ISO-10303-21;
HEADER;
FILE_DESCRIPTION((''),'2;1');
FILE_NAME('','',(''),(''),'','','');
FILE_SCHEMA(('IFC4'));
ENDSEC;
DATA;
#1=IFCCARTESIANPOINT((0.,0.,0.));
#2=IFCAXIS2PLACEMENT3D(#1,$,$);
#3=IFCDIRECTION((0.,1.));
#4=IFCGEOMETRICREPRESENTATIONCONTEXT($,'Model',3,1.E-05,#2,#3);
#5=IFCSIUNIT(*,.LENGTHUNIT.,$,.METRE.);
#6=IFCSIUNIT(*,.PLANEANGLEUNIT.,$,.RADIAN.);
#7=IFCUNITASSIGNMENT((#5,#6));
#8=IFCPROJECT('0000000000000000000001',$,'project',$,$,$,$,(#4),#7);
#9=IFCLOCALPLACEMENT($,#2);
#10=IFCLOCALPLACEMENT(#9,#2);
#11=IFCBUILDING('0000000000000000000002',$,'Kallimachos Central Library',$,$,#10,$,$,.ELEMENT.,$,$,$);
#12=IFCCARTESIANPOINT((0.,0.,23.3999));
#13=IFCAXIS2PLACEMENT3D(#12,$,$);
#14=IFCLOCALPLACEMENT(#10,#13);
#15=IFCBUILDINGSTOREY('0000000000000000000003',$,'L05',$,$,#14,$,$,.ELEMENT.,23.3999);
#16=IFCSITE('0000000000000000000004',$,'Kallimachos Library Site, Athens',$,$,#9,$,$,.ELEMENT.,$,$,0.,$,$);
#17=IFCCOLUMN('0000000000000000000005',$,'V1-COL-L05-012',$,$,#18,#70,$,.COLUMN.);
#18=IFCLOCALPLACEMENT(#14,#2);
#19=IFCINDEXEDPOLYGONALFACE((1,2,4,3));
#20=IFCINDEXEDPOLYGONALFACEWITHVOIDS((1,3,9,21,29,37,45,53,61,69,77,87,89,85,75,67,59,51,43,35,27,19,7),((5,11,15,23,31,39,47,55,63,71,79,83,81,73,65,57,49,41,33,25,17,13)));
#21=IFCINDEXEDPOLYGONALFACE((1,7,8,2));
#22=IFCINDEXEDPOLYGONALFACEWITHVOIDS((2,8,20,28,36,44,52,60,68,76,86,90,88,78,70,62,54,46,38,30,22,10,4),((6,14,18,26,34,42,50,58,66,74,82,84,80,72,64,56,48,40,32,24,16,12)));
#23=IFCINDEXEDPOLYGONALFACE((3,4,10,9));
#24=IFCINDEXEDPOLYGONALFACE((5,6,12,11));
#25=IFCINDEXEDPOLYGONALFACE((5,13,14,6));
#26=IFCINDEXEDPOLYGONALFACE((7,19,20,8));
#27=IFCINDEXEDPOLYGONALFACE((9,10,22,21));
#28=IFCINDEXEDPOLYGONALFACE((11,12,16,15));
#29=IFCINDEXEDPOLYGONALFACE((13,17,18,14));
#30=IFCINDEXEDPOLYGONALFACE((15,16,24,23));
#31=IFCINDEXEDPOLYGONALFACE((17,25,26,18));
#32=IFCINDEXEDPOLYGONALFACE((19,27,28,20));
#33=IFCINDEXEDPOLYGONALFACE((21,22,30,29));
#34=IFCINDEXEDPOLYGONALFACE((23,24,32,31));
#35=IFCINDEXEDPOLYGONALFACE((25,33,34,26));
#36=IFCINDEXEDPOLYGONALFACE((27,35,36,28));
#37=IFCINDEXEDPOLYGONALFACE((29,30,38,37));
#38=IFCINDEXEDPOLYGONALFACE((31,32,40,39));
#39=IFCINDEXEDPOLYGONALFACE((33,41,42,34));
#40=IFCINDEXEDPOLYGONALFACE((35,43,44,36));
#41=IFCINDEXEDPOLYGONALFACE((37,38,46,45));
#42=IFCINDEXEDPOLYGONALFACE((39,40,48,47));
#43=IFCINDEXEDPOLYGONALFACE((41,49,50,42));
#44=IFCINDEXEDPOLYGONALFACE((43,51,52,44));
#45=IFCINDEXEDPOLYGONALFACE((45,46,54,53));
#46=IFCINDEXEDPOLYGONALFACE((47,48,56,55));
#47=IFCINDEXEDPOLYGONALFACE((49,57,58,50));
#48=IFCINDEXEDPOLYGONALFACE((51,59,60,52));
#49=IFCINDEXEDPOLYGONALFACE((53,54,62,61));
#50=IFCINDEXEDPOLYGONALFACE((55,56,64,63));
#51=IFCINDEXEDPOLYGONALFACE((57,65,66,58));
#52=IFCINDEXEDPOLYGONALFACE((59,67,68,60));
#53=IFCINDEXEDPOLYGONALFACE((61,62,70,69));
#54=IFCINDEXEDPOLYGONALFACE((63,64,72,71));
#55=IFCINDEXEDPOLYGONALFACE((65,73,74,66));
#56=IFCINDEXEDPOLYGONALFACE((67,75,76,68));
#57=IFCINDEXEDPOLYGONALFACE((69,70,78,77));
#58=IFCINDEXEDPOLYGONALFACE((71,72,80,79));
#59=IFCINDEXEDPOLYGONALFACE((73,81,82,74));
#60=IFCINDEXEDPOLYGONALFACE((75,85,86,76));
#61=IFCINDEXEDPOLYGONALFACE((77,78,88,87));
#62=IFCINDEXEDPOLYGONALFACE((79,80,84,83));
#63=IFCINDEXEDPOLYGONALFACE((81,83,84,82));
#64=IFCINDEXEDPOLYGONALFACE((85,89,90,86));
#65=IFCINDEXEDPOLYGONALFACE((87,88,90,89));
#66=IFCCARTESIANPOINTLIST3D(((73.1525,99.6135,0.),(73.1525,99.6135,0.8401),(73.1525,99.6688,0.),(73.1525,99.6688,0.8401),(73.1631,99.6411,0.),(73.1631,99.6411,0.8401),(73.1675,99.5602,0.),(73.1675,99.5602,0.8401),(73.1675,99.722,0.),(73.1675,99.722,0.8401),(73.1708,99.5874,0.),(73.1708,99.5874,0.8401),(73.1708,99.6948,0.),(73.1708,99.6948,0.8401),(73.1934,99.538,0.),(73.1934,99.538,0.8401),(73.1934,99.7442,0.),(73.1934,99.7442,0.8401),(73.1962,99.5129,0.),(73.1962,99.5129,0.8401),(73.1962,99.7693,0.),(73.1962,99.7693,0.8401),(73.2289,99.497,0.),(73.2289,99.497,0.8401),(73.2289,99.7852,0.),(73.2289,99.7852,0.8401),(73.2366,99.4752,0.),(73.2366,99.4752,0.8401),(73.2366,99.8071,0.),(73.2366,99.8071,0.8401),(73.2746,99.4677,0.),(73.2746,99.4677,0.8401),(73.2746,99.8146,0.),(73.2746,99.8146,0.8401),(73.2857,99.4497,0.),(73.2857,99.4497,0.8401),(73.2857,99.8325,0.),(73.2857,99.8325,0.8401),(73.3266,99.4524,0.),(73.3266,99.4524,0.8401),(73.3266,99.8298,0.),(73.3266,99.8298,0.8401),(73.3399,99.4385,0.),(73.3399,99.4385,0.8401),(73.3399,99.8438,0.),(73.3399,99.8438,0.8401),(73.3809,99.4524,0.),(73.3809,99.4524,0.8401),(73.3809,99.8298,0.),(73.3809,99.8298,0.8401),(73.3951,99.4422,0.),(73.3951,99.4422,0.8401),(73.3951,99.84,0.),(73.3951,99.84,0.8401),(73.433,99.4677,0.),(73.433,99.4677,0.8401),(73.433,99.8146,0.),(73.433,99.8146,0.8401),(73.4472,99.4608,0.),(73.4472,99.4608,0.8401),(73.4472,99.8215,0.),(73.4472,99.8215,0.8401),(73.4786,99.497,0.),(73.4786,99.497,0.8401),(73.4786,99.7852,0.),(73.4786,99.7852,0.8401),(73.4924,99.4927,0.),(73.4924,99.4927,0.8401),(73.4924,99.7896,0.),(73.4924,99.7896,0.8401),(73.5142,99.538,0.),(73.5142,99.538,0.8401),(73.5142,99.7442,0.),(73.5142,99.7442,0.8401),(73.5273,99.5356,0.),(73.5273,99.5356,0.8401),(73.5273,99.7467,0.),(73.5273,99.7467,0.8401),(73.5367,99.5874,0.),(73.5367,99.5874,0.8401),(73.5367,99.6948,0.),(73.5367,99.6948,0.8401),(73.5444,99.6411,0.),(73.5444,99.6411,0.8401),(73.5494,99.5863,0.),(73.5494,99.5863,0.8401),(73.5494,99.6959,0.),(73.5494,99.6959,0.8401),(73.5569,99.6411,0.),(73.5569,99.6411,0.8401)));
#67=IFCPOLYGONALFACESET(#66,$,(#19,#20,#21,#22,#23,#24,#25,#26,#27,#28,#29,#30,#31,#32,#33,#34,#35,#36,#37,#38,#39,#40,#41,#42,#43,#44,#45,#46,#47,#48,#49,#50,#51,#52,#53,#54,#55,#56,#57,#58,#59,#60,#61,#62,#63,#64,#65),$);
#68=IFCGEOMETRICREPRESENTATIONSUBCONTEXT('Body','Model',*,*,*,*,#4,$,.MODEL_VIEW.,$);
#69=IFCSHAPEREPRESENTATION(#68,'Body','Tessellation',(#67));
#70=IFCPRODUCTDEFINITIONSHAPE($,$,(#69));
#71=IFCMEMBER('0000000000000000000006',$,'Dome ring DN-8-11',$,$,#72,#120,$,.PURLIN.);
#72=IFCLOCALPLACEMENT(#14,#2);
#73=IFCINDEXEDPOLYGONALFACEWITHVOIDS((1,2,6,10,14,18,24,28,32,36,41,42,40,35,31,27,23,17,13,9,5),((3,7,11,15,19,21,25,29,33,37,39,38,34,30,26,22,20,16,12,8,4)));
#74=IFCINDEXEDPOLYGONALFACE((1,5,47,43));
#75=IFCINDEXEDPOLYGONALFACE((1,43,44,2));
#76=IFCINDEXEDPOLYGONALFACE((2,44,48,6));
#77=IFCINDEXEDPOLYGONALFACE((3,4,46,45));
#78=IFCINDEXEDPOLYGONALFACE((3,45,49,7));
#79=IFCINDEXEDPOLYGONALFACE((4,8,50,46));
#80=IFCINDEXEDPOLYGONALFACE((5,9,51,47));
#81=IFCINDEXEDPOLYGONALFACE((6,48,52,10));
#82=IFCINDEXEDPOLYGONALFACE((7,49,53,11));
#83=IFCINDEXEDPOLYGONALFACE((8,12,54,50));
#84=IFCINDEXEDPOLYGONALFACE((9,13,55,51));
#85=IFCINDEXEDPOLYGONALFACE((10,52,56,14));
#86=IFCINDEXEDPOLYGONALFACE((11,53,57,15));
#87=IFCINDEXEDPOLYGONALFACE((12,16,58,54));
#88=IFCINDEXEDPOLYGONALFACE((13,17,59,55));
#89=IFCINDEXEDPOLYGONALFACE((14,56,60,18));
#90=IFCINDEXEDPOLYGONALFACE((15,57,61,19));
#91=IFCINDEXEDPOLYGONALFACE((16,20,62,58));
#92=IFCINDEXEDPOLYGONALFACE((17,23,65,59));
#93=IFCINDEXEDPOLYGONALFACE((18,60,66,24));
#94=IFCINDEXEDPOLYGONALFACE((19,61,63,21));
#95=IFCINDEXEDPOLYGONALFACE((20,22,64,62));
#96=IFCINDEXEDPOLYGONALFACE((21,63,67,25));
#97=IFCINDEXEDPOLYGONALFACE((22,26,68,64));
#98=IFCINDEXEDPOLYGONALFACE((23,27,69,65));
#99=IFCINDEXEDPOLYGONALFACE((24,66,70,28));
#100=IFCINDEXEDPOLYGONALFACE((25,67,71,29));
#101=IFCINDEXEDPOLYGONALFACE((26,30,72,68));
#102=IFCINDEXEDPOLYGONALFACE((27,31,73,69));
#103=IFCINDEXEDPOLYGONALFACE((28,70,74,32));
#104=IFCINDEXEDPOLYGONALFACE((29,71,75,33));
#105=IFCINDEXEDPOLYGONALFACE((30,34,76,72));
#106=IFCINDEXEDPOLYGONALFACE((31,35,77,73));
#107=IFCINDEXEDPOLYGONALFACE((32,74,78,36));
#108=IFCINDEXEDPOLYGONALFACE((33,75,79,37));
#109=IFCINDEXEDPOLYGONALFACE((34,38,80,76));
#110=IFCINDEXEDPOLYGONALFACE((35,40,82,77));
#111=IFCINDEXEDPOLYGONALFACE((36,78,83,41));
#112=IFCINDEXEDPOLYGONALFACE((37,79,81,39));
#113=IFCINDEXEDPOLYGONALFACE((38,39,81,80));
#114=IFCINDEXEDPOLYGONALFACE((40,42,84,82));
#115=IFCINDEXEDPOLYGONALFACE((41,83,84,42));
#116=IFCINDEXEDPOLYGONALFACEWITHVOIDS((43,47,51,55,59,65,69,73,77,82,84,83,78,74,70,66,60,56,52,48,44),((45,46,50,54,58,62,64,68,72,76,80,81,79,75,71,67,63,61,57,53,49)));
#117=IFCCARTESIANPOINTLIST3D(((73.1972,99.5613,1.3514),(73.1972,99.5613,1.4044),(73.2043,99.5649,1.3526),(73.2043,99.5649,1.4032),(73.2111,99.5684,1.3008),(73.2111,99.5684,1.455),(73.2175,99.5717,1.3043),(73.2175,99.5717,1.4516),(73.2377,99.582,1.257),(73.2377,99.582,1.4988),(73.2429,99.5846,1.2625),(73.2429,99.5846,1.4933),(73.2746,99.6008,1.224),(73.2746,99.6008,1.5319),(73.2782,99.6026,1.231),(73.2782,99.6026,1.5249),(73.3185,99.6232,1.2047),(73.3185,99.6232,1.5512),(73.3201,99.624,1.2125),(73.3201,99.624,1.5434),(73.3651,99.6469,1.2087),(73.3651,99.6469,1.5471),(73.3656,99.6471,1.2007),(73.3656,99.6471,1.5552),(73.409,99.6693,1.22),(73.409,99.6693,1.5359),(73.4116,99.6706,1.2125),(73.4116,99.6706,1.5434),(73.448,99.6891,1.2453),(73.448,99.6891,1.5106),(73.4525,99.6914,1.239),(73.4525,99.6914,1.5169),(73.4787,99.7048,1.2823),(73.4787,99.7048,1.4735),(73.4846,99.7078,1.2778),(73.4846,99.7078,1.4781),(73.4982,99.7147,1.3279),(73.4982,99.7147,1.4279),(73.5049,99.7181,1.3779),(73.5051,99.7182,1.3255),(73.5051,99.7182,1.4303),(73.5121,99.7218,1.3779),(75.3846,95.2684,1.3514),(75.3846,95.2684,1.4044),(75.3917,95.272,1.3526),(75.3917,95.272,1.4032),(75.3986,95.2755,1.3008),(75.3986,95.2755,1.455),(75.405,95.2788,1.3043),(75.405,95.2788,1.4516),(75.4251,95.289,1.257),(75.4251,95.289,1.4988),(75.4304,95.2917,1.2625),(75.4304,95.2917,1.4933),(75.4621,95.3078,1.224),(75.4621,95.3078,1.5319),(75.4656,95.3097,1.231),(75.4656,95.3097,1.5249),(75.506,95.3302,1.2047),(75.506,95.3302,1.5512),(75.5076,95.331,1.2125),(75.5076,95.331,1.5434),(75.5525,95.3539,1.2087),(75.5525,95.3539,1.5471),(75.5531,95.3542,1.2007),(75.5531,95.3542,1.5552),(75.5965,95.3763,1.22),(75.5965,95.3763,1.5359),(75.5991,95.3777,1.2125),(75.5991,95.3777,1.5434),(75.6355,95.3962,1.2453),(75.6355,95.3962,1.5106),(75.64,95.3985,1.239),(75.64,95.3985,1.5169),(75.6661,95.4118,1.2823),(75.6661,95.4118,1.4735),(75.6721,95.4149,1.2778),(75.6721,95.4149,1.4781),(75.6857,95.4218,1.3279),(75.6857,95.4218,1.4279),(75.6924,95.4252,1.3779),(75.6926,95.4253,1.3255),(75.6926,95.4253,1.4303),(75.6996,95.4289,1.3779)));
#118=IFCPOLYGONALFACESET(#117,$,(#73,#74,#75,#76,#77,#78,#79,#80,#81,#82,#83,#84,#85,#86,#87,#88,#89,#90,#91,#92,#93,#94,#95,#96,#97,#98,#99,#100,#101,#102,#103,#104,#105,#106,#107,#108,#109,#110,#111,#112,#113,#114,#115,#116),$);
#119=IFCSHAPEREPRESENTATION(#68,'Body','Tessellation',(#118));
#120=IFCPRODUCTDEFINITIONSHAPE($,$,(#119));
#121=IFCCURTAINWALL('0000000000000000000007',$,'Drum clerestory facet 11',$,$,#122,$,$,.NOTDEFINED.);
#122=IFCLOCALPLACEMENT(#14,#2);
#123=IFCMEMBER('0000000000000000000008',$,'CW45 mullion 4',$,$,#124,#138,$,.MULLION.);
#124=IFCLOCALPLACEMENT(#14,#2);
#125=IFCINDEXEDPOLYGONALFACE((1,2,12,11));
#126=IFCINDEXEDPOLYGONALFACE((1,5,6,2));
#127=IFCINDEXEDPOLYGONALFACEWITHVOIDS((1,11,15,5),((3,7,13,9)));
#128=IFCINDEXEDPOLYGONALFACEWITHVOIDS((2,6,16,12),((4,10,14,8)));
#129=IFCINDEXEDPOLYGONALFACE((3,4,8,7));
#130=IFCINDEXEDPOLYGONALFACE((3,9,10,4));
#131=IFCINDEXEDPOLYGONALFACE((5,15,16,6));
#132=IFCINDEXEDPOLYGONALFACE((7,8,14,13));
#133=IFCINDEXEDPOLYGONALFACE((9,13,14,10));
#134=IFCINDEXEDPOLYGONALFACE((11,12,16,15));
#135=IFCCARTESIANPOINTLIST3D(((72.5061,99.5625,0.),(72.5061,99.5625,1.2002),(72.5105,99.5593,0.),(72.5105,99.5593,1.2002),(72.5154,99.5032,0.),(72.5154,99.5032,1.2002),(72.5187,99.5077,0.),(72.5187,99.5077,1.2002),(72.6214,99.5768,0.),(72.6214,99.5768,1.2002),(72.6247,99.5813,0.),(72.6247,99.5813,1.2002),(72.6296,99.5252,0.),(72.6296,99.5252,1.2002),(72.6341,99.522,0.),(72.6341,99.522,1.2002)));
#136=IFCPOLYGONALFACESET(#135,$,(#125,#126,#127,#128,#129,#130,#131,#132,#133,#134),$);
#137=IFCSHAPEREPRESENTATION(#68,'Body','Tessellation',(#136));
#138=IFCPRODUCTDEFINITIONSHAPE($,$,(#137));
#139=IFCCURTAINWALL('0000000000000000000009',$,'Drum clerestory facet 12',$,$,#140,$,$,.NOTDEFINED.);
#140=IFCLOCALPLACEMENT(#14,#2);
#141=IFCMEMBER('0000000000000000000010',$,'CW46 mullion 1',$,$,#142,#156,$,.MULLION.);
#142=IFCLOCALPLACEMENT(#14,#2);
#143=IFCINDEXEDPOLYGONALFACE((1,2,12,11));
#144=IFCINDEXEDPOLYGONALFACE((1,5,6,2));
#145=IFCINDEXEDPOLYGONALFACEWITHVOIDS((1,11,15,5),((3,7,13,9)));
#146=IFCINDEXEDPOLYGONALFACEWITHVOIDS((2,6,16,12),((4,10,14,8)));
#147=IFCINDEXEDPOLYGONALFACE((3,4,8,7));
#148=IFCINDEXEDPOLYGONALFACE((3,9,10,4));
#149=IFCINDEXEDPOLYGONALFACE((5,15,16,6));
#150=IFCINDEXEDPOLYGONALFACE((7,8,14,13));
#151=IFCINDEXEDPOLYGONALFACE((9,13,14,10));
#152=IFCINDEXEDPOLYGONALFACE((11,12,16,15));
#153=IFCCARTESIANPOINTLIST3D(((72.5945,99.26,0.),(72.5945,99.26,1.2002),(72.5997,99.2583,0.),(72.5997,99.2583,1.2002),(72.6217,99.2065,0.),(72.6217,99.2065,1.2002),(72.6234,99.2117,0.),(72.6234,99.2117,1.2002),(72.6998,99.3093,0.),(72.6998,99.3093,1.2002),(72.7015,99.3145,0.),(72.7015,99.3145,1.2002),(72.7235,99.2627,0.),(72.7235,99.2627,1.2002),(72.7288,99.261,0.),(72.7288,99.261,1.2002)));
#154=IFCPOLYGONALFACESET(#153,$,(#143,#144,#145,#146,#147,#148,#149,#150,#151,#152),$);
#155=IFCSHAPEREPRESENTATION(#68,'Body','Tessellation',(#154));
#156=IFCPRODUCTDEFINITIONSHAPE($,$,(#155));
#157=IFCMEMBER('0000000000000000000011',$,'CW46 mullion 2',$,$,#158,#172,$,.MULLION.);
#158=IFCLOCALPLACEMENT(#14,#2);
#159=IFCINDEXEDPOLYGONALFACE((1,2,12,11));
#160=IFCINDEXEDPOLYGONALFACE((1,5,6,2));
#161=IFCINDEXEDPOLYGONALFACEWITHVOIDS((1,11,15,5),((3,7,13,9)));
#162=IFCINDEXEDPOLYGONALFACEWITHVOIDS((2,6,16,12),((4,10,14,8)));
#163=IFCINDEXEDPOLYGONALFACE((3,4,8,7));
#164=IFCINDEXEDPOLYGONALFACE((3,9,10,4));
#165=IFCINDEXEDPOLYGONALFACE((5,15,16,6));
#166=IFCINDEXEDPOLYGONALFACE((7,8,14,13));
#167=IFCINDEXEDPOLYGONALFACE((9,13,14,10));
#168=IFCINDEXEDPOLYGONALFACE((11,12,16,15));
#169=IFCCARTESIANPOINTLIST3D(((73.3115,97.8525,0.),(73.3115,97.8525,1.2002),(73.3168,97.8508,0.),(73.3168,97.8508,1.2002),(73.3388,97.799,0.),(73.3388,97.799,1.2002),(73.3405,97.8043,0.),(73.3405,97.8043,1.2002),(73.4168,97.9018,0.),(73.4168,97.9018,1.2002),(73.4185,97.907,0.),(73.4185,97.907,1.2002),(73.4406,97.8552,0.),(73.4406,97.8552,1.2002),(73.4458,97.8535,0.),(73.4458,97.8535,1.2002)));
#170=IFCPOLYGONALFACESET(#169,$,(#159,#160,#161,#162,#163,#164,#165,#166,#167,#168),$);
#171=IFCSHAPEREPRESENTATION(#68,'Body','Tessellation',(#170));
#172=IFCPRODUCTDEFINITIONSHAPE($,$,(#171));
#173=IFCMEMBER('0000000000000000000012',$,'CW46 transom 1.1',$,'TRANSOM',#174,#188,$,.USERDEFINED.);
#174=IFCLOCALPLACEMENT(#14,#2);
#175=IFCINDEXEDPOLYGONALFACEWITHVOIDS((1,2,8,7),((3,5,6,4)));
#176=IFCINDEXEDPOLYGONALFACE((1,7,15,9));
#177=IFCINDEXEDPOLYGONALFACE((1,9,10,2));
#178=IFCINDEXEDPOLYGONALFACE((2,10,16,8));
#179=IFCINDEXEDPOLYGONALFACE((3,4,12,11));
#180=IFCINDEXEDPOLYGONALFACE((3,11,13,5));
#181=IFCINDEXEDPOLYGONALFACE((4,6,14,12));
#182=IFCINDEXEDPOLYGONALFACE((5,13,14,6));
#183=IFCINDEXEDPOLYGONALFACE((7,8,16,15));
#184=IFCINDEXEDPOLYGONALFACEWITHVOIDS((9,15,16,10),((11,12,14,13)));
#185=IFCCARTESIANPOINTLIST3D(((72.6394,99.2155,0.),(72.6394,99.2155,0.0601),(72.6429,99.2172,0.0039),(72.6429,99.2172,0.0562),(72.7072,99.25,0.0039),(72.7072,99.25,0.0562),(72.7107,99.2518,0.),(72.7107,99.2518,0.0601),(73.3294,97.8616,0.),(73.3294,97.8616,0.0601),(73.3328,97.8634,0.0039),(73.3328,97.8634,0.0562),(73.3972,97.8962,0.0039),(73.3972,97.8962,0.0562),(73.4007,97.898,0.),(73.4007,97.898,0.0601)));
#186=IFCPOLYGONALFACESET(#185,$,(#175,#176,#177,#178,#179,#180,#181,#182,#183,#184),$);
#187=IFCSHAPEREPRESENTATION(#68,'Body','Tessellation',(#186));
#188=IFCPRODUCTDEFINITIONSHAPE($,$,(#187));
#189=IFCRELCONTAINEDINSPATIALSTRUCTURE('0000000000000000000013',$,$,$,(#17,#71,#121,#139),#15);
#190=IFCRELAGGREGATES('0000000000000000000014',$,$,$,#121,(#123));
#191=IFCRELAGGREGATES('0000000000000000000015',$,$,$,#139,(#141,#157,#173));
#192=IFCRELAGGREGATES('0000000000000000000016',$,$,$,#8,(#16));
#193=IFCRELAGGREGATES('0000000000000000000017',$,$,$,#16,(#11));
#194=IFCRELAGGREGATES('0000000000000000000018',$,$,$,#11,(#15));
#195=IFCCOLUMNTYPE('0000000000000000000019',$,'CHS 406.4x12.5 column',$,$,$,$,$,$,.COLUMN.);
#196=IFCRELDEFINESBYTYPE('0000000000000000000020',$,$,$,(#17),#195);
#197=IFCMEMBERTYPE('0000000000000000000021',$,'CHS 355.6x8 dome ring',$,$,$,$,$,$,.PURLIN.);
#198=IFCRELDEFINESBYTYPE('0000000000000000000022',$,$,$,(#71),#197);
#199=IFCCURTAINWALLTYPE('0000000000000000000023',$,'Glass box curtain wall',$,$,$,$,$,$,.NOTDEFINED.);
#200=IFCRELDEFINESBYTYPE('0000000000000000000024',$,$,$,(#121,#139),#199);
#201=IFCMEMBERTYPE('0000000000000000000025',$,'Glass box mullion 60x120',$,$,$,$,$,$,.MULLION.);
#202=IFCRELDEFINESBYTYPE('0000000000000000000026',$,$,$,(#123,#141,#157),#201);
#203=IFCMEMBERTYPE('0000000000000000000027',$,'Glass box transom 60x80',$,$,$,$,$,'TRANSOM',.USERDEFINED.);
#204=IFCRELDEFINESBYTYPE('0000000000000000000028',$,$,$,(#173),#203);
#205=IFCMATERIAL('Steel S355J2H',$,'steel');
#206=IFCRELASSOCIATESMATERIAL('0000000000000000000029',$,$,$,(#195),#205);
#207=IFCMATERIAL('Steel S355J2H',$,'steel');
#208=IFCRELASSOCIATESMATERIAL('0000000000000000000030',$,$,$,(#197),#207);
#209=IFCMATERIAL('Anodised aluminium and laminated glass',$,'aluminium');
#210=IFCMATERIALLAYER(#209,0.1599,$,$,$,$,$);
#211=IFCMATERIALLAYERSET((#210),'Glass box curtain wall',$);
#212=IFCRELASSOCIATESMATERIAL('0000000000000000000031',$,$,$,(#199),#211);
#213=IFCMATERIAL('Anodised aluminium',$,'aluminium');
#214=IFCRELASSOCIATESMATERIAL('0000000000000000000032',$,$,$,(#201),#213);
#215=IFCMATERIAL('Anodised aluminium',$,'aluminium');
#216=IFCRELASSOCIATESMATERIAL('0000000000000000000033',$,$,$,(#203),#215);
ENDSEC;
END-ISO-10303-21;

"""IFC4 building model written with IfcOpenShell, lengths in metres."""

from ifc_helpers import new_model, si_unit, direction, frame, origin, origin_2d, place, context, subcontext, project, spatial, hollow_rectangle, hollow_circle, extrude, material, layer, layer_set, material_profile, profile_set, type_object, element, aggregate, save


model = new_model("IFC4")

# Units and contexts
model_context = context("Model", 3, precision=1e-05, world=origin(), true_north=direction((0.0, 1.0)))
body_context = subcontext(model_context, "Body", "Model", "MODEL_VIEW")
ifc_project = project(units=[si_unit("LENGTHUNIT", "METRE"), si_unit("PLANEANGLEUNIT", "RADIAN")], contexts=[model_context])

# Site, building, storey
site_placement = place(None, origin())
site = spatial("IfcSite", under=ifc_project, at=site_placement, Name="Kallimachos Library Site, Athens", CompositionType="ELEMENT", RefElevation=0.0)
building_placement = place(site_placement, origin())
building = spatial("IfcBuilding", under=site, at=building_placement, Name="Kallimachos Central Library", CompositionType="ELEMENT")
storey_placement = place(building_placement, frame((0.0, 0.0, 23.3999)))
storey = spatial("IfcBuildingStorey", under=building, at=storey_placement, Name="L05", CompositionType="ELEMENT", Elevation=23.3999)

# Column
ifc_material_1 = material(Name="Steel S355J2H", Category="steel")
ifc_material_profile_1 = material_profile(ifc_material_1, hollow_circle(Radius=0.2031, WallThickness=0.0125, at=origin_2d()), Name="CHS 406.4x12.5")
ifc_profile_set_1 = profile_set([ifc_material_profile_1], Name="Steel S355J2H")
column_type = type_object("IfcColumnType", Name="CHS 406.4x12.5 column", PredefinedType="COLUMN", material=ifc_profile_set_1)
column_placement = place(storey_placement, frame((73.3538, 99.6411, 0.0), z_axis=(0.0, 0.0, 1.0), x_axis=(1.0, 0.0, 0.0)))
element("IfcColumn", 1, at=column_placement, inside=storey, type_object=column_type, Name="V1-COL-L05-012", PredefinedType="COLUMN", context=body_context, shape_type="SweptSolid", body=[
    extrude(hollow_circle(Radius=0.2031, WallThickness=0.0125, at=origin_2d()), origin(), (0.0, 0.0, 1.0), 0.8401),
])

# Member
ifc_material_2 = material(Name="Steel S355J2H", Category="steel")
ifc_material_profile_2 = material_profile(ifc_material_2, hollow_circle(Radius=0.1777, WallThickness=0.0081, at=origin_2d()), Name="CHS 355.6x8")
ifc_profile_set_2 = profile_set([ifc_material_profile_2], Name="Steel S355J2H")
member_type_1 = type_object("IfcMemberType", Name="CHS 355.6x8 dome ring", PredefinedType="PURLIN", material=ifc_profile_set_2)
member_1_placement = place(storey_placement, frame((73.3538, 99.6411, 1.3779), z_axis=(0.454011, -0.890996, 0.0), x_axis=(0.890996, 0.454011, 0.0)))
element("IfcMember", 2, at=member_1_placement, inside=storey, type_object=member_type_1, Name="Dome ring DN-8-11", PredefinedType="PURLIN", context=body_context, shape_type="SweptSolid", body=[
    extrude(hollow_circle(Radius=0.1777, WallThickness=0.0081, at=origin_2d()), origin(), (0.0, 0.0, 1.0), 4.8181),
])

# Curtain wall, member
ifc_material_3 = material(Name="Anodised aluminium and laminated glass", Category="aluminium")
ifc_layer_1 = layer(ifc_material_3, 0.1599)
ifc_layer_set_1 = layer_set([ifc_layer_1], Name="Glass box curtain wall")
curtain_wall_type = type_object("IfcCurtainWallType", Name="Glass box curtain wall", PredefinedType="NOTDEFINED", material=ifc_layer_set_1)
curtain_wall_1_placement = place(storey_placement, origin())
curtain_wall_1 = element("IfcCurtainWall", 3, at=curtain_wall_1_placement, inside=storey, type_object=curtain_wall_type, Name="Drum clerestory facet 11", PredefinedType="NOTDEFINED")
ifc_material_4 = material(Name="Anodised aluminium", Category="aluminium")
ifc_material_profile_3 = material_profile(ifc_material_4, hollow_rectangle(XDim=0.0601, YDim=0.1201, WallThickness=0.0039, at=origin_2d()), Name="ALU MULLION 60x120")
ifc_profile_set_3 = profile_set([ifc_material_profile_3], Name="Anodised aluminium")
member_type_2 = type_object("IfcMemberType", Name="Glass box mullion 60x120", PredefinedType="MULLION", material=ifc_profile_set_3)
member_2_placement = place(storey_placement, frame((72.5701, 99.5422, 0.0), z_axis=(0.0, 0.0, 1.0), x_axis=(0.156435, -0.987688, 0.0)))
member_2 = element("IfcMember", 4, at=member_2_placement, type_object=member_type_2, Name="CW45 mullion 4", PredefinedType="MULLION", context=body_context, shape_type="SweptSolid", body=[
    extrude(hollow_rectangle(XDim=0.0601, YDim=0.1201, WallThickness=0.0039, at=origin_2d()), origin(), (0.0, 0.0, 1.0), 1.2002),
])
aggregate(curtain_wall_1, [member_2])

# Curtain wall, members
curtain_wall_2_placement = place(storey_placement, origin())
curtain_wall_2 = element("IfcCurtainWall", 5, at=curtain_wall_2_placement, inside=storey, type_object=curtain_wall_type, Name="Drum clerestory facet 12", PredefinedType="NOTDEFINED")
member_3_placement = place(storey_placement, frame((72.6616, 99.2605, 0.0), z_axis=(0.0, 0.0, 1.0), x_axis=(0.453991, -0.891006, 0.0)))
member_3 = element("IfcMember", 6, at=member_3_placement, type_object=member_type_2, Name="CW46 mullion 1", PredefinedType="MULLION", context=body_context, shape_type="SweptSolid", body=[
    extrude(hollow_rectangle(XDim=0.0601, YDim=0.1201, WallThickness=0.0039, at=origin_2d()), origin(), (0.0, 0.0, 1.0), 1.2002),
])
member_4_placement = place(storey_placement, frame((73.3787, 97.853, 0.0), z_axis=(0.0, 0.0, 1.0), x_axis=(0.453991, -0.891006, 0.0)))
member_4 = element("IfcMember", 7, at=member_4_placement, type_object=member_type_2, Name="CW46 mullion 2", PredefinedType="MULLION", context=body_context, shape_type="SweptSolid", body=[
    extrude(hollow_rectangle(XDim=0.0601, YDim=0.1201, WallThickness=0.0039, at=origin_2d()), origin(), (0.0, 0.0, 1.0), 1.2002),
])
ifc_material_5 = material(Name="Anodised aluminium", Category="aluminium")
ifc_material_profile_4 = material_profile(ifc_material_5, hollow_rectangle(XDim=0.0601, YDim=0.0801, WallThickness=0.0039, at=origin_2d()), Name="ALU TRANSOM 60x80")
ifc_profile_set_4 = profile_set([ifc_material_profile_4], Name="Anodised aluminium")
member_type_3 = type_object("IfcMemberType", Name="Glass box transom 60x80", ElementType="TRANSOM", PredefinedType="USERDEFINED", material=ifc_profile_set_4)
member_5_placement = place(storey_placement, frame((72.675, 99.2336, 0.03), z_axis=(0.454077, -0.890962, 0.0), x_axis=(0.0, 0.0, 1.0)))
member_5 = element("IfcMember", 8, at=member_5_placement, type_object=member_type_3, Name="CW46 transom 1.1", ObjectType="TRANSOM", PredefinedType="USERDEFINED", context=body_context, shape_type="SweptSolid", body=[
    extrude(hollow_rectangle(XDim=0.0601, YDim=0.0801, WallThickness=0.0039, at=origin_2d()), origin(), (0.0, 0.0, 1.0), 1.5195),
])

aggregate(curtain_wall_2, [member_3, member_4, member_5])

save(model, "model.ifc")
